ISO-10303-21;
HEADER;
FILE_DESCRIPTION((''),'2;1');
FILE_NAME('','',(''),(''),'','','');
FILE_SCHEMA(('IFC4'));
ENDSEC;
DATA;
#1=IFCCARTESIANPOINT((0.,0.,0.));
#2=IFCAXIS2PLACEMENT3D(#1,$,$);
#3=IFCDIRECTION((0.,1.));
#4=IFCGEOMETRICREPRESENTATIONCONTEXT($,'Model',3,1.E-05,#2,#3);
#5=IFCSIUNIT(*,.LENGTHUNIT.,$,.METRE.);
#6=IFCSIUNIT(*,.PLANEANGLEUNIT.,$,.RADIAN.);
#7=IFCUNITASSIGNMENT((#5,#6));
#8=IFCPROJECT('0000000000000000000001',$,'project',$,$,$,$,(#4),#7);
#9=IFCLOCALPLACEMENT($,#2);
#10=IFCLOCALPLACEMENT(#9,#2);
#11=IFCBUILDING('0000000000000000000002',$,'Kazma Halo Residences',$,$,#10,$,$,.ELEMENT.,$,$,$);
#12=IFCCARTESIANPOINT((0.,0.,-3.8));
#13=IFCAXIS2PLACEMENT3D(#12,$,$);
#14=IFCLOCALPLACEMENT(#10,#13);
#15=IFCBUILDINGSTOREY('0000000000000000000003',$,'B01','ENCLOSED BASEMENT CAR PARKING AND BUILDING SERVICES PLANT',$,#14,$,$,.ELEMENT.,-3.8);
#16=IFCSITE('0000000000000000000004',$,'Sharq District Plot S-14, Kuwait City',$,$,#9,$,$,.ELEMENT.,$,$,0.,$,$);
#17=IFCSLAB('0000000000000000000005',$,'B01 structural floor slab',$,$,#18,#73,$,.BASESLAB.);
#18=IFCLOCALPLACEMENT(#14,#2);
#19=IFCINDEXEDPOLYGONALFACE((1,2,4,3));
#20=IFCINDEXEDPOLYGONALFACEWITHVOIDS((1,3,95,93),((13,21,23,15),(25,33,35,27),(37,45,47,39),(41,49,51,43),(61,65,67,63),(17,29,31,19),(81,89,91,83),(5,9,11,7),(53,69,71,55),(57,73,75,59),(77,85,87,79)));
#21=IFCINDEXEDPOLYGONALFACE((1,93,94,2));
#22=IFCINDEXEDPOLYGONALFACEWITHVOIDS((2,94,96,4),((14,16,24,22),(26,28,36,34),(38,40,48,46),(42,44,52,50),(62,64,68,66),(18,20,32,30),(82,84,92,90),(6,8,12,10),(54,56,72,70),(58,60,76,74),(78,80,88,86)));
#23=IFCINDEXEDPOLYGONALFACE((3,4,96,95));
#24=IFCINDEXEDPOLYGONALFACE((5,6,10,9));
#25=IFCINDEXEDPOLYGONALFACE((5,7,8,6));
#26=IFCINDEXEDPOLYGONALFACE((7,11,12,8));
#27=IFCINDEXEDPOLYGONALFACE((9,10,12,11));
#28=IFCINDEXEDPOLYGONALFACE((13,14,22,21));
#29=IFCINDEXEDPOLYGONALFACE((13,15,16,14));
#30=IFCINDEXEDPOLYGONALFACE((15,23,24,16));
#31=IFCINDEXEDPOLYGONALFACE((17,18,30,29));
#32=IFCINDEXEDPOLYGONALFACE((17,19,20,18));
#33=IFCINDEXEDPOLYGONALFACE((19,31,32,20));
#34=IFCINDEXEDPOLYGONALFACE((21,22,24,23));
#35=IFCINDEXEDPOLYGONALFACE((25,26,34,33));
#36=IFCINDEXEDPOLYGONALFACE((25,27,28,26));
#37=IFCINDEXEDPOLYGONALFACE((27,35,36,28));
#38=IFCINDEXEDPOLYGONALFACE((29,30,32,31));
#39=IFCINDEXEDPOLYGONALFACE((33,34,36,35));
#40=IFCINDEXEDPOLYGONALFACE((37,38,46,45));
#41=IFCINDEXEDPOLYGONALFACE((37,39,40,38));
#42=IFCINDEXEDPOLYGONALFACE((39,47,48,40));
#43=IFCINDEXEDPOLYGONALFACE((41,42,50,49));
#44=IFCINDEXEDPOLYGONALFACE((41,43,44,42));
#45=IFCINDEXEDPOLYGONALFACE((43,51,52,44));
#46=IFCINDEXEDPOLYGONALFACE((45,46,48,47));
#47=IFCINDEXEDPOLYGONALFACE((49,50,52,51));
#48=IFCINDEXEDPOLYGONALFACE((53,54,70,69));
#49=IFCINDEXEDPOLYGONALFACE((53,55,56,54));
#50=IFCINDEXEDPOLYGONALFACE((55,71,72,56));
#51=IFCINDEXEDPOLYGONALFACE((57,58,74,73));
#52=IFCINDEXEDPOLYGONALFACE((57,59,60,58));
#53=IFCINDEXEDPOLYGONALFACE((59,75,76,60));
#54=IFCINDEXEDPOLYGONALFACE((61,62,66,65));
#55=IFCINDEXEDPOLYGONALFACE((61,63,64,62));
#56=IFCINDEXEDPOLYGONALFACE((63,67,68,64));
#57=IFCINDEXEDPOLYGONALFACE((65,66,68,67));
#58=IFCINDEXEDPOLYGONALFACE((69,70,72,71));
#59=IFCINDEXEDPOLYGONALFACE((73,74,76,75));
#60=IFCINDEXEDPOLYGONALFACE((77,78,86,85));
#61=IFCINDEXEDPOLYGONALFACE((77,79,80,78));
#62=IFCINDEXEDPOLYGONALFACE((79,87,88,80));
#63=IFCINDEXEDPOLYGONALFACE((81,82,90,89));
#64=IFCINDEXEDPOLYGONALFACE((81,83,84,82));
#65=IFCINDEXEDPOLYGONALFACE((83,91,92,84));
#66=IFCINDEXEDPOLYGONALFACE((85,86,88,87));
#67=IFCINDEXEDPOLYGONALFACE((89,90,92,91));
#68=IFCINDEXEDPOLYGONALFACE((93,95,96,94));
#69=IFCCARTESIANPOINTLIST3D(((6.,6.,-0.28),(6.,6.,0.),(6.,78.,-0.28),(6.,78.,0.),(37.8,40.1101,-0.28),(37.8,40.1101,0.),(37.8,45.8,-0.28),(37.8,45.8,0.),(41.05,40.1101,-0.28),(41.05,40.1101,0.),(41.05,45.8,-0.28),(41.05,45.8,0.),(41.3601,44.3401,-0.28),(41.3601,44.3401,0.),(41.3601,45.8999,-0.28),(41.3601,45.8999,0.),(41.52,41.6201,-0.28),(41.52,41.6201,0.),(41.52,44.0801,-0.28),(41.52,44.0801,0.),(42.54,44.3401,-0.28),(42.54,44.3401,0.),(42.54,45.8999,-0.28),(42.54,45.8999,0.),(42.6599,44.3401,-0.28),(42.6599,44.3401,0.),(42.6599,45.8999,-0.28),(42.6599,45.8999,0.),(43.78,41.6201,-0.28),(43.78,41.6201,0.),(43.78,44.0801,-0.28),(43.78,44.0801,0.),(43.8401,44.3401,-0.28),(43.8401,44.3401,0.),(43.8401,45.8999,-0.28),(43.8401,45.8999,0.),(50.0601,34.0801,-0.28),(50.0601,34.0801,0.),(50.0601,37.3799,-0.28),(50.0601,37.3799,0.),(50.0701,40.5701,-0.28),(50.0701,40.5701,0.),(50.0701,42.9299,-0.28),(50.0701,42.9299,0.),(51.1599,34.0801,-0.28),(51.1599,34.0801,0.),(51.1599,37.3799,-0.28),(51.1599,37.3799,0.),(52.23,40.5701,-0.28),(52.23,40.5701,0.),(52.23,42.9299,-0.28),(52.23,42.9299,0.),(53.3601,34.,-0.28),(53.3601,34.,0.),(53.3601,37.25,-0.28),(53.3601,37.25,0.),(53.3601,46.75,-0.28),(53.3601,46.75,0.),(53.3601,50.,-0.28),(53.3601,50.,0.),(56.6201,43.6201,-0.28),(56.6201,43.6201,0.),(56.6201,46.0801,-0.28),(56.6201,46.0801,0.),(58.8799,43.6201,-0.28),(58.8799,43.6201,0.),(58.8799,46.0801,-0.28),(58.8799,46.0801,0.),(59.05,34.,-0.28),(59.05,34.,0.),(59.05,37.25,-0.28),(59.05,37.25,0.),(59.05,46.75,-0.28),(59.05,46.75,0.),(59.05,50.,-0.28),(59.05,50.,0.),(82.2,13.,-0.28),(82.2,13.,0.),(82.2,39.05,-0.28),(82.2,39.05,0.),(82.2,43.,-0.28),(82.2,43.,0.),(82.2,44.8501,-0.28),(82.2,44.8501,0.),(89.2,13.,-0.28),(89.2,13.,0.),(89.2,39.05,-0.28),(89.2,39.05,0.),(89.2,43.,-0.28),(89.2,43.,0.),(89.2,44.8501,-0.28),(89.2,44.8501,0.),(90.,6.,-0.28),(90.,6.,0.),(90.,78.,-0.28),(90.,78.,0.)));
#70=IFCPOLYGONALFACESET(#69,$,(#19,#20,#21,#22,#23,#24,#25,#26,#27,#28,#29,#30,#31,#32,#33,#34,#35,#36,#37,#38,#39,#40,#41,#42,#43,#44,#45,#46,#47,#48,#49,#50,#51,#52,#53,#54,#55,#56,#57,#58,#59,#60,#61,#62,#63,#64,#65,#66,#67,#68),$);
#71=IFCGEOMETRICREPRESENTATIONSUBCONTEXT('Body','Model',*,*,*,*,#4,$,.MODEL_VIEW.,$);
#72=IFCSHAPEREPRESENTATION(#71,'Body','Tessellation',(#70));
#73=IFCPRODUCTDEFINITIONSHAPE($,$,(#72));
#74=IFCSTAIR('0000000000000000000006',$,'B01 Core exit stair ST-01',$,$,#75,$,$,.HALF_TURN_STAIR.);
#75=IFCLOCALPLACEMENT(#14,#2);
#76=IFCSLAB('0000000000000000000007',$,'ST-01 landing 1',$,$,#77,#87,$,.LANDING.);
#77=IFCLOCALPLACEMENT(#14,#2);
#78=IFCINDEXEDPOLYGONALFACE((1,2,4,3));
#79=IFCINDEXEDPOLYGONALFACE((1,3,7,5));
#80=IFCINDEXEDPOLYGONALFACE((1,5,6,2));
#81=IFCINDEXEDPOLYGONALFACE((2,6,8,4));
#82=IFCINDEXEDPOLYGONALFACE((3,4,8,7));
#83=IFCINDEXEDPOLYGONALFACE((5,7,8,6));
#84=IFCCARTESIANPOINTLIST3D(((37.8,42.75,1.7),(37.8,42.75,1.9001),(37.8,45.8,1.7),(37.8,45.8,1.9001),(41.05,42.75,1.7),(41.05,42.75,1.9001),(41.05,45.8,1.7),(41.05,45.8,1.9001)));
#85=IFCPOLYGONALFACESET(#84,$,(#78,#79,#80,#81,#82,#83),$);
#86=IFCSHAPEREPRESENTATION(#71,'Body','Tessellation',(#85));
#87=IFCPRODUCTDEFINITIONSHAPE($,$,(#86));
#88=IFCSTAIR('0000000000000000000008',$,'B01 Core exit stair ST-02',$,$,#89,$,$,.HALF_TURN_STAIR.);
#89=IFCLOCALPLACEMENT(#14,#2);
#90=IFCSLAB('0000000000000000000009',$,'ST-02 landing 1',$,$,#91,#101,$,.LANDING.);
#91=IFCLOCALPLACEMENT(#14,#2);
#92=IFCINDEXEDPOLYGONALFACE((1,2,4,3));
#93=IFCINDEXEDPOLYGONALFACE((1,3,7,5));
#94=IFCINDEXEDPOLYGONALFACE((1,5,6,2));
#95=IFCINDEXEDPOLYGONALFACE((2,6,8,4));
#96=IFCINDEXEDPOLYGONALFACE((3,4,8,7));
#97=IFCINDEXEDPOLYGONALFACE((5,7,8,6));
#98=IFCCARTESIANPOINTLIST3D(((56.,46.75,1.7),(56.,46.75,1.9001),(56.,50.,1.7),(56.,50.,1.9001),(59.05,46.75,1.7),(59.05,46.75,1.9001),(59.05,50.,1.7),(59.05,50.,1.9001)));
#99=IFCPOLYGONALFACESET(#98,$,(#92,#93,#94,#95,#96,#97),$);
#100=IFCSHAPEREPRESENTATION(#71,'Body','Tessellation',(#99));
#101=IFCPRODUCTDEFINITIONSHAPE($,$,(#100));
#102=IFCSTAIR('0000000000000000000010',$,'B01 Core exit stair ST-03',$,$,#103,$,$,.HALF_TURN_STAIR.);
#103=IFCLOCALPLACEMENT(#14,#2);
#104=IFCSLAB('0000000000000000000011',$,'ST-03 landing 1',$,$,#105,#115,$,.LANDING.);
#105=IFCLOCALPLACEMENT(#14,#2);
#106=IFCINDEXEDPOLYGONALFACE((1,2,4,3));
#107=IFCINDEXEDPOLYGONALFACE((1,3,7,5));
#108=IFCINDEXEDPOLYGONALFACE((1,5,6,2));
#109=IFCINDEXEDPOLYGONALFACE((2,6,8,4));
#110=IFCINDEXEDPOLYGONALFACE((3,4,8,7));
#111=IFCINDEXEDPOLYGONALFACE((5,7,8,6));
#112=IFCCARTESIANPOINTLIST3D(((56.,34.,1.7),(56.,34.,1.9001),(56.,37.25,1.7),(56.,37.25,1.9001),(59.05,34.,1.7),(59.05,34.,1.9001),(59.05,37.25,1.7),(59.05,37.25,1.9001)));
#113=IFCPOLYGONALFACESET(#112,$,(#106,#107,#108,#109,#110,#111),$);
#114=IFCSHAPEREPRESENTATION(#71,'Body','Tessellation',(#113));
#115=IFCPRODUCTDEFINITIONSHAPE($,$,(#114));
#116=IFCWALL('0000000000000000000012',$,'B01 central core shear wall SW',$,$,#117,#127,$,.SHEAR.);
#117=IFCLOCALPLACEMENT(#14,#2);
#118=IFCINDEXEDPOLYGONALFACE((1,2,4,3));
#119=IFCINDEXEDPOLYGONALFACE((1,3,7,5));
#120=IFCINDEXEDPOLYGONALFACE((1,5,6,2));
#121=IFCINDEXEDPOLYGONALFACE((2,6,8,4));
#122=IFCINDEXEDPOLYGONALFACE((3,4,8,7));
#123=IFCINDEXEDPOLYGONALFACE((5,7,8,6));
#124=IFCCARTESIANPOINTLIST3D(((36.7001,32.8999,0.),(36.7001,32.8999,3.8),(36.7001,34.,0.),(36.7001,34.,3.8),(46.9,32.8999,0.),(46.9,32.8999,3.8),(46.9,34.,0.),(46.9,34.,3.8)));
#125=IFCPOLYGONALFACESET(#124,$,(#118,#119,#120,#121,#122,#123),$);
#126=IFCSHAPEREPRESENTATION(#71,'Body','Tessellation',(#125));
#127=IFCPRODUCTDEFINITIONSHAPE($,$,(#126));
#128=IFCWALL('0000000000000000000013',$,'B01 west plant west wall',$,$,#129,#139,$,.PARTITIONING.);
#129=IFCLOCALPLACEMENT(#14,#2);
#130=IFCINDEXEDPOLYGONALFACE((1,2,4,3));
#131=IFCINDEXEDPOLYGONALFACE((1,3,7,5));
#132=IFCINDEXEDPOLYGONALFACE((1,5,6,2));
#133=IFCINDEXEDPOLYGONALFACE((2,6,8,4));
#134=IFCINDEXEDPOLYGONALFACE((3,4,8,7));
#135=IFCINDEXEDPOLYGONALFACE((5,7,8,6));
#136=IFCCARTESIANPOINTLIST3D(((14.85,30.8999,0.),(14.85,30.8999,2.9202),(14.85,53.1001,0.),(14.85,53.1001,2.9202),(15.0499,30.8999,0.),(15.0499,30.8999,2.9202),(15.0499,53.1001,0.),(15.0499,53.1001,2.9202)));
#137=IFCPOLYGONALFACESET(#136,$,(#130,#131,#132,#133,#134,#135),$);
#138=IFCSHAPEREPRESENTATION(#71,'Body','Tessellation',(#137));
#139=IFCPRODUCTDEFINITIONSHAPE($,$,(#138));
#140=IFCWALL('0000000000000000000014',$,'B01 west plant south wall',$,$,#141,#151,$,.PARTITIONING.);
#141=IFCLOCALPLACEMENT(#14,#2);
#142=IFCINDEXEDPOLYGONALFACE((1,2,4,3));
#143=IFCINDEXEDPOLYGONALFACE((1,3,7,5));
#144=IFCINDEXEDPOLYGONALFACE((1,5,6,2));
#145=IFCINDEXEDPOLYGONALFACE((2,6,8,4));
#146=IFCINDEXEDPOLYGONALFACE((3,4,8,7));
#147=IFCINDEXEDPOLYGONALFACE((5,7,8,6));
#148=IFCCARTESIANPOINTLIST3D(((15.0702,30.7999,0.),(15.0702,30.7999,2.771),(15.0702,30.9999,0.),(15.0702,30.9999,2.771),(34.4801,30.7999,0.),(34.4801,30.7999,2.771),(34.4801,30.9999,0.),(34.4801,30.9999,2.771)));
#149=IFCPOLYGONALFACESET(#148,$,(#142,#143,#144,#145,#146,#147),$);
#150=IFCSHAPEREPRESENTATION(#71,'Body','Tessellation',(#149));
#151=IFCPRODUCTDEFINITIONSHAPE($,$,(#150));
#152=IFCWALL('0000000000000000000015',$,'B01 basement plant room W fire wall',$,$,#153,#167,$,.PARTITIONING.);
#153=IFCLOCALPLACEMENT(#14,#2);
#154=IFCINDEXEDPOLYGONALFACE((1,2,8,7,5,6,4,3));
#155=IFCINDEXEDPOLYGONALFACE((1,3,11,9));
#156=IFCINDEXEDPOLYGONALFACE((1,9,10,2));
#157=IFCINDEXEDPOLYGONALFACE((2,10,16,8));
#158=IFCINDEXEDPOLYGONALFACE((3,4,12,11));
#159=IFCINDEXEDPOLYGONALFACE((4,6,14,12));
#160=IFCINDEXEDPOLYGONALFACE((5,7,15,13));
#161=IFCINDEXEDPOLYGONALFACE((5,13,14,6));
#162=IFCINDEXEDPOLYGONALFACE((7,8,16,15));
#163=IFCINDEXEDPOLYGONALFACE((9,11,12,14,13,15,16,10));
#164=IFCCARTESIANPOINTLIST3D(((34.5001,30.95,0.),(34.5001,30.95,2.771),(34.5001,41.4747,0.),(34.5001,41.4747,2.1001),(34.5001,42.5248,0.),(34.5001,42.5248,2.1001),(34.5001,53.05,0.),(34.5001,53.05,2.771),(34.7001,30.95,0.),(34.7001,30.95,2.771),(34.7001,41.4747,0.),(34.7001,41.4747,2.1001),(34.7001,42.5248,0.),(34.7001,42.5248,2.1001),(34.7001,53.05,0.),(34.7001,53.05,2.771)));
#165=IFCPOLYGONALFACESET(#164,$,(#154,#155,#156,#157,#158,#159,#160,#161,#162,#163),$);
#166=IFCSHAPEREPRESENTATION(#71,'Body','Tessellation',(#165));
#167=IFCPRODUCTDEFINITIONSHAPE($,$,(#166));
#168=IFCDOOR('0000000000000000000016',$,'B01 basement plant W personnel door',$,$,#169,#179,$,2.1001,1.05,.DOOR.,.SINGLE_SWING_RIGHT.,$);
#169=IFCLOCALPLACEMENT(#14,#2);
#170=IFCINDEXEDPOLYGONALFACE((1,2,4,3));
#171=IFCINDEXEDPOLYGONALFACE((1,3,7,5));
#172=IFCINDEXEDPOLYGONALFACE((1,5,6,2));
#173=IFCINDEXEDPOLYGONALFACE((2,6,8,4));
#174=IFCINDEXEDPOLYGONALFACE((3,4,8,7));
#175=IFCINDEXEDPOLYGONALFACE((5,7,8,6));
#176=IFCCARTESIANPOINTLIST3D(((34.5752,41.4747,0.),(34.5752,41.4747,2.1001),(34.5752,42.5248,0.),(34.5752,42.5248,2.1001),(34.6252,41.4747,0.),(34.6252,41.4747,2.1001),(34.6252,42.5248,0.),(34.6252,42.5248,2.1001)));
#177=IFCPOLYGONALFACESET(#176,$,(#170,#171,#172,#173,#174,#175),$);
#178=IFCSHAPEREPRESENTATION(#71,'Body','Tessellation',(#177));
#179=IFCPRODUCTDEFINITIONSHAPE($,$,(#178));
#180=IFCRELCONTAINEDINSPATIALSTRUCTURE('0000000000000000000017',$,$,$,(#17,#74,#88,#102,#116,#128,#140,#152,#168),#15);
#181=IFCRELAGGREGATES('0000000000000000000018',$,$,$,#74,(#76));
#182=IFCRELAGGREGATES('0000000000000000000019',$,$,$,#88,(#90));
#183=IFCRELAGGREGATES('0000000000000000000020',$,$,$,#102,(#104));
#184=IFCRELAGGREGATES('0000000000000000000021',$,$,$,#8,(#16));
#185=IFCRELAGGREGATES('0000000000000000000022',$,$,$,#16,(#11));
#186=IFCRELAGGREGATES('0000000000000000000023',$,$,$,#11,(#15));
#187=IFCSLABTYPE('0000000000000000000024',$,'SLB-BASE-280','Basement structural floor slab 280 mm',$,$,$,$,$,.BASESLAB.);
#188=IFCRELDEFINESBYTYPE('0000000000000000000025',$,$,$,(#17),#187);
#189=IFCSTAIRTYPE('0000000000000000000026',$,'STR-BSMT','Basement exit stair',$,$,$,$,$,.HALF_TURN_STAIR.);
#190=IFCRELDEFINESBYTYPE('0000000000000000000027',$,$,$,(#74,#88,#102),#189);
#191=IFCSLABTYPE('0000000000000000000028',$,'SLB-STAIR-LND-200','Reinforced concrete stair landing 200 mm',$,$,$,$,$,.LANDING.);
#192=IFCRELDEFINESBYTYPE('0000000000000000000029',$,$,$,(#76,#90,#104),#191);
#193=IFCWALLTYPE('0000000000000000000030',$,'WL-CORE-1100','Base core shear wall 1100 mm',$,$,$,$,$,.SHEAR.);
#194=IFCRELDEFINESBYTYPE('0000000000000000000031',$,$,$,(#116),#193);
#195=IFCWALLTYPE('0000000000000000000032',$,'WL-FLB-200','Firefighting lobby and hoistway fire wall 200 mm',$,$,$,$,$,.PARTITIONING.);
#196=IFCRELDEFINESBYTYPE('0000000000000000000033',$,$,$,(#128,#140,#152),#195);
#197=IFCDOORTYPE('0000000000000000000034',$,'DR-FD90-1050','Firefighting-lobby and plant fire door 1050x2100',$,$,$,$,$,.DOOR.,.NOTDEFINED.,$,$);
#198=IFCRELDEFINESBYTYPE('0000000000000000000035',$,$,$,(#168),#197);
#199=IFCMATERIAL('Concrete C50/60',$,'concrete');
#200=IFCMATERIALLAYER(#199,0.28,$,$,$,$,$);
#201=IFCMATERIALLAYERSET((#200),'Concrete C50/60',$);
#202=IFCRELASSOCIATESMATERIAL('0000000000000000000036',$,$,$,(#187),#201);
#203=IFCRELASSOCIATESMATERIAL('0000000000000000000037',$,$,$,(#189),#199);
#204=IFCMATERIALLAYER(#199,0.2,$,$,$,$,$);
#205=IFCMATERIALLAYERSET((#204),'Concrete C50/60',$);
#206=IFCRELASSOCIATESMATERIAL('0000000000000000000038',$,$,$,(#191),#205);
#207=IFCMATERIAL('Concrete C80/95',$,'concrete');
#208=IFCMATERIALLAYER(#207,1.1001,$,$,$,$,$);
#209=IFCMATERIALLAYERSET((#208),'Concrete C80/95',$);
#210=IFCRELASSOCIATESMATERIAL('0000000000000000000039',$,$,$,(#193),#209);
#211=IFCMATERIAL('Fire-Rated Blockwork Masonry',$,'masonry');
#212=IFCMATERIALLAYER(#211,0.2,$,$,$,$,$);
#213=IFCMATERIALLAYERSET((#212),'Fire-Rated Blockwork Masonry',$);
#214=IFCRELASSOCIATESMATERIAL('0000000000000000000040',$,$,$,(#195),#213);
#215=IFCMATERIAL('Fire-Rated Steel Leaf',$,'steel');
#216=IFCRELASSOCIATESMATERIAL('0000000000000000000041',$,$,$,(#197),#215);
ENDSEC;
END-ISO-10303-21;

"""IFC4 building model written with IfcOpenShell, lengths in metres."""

from ifc_helpers import new_model, si_unit, direction, frame, frame_2d, origin, place, context, subcontext, project, spatial, polyline, rectangle, outline, extrude, material, layer, layer_set, type_object, element, fill, aggregate, save


model = new_model("IFC4")

# Units and contexts
model_context = context("Model", 3, precision=1e-05, world=origin(), true_north=direction((0.0, 1.0)))
body_context = subcontext(model_context, "Body", "Model", "MODEL_VIEW")
ifc_project = project(units=[si_unit("LENGTHUNIT", "METRE"), si_unit("PLANEANGLEUNIT", "RADIAN")], contexts=[model_context])

# Site, building, storey
site_placement = place(None, origin())
site = spatial("IfcSite", under=ifc_project, at=site_placement, Name="Sharq District Plot S-14, Kuwait City", CompositionType="ELEMENT", RefElevation=0.0)
building_placement = place(site_placement, origin())
building = spatial("IfcBuilding", under=site, at=building_placement, Name="Kazma Halo Residences", CompositionType="ELEMENT")
storey_placement = place(building_placement, frame((0.0, 0.0, -3.8)))
storey = spatial("IfcBuildingStorey", under=building, at=storey_placement, Name="B01", Description="ENCLOSED BASEMENT CAR PARKING AND BUILDING SERVICES PLANT", CompositionType="ELEMENT", Elevation=-3.8)

# Shared definitions
ifc_material_1 = material(Name="Concrete C80/95", Category="concrete")

# Slab
ifc_material_2 = material(Name="Concrete C50/60", Category="concrete")
ifc_layer_1 = layer(ifc_material_2, 0.28)
ifc_layer_set_1 = layer_set([ifc_layer_1], Name="Concrete C50/60")
slab_type_1 = type_object("IfcSlabType", Name="SLB-BASE-280", Description="Basement structural floor slab 280 mm", PredefinedType="BASESLAB", material=ifc_layer_set_1)
slab_1_placement = place(storey_placement, frame((0.0, 0.0, -0.28)))
element("IfcSlab", 1, at=slab_1_placement, inside=storey, type_object=slab_type_1, Name="B01 structural floor slab", PredefinedType="BASESLAB", context=body_context, shape_type="SweptSolid", body=[
    extrude(outline(polyline([(6.0, 6.0), (90.0, 6.0), (90.0, 78.0), (6.0, 78.0), (6.0, 6.0)]), holes=[polyline([(37.8, 40.1101), (41.05, 40.1101), (41.05, 45.8), (37.8, 45.8), (37.8, 40.1101)]), polyline([(53.3601, 46.75), (59.05, 46.75), (59.05, 50.0), (53.3601, 50.0), (53.3601, 46.75)]), polyline([(53.3601, 34.0), (59.05, 34.0), (59.05, 37.25), (53.3601, 37.25), (53.3601, 34.0)]), polyline([(41.52, 41.6201), (43.78, 41.6201), (43.78, 44.0801), (41.52, 44.0801), (41.52, 41.6201)]), polyline([(56.6201, 43.6201), (58.8799, 43.6201), (58.8799, 46.0801), (56.6201, 46.0801), (56.6201, 43.6201)]), polyline([(50.0701, 40.5701), (52.23, 40.5701), (52.23, 42.9299), (50.0701, 42.9299), (50.0701, 40.5701)]), polyline([(41.3601, 44.3401), (42.54, 44.3401), (42.54, 45.8999), (41.3601, 45.8999), (41.3601, 44.3401)]), polyline([(42.6599, 44.3401), (43.8401, 44.3401), (43.8401, 45.8999), (42.6599, 45.8999), (42.6599, 44.3401)]), polyline([(50.0601, 34.0801), (51.1599, 34.0801), (51.1599, 37.3799), (50.0601, 37.3799), (50.0601, 34.0801)]), polyline([(82.2, 13.0), (89.2, 13.0), (89.2, 39.05), (82.2, 39.05), (82.2, 13.0)]), polyline([(82.2, 43.0), (89.2, 43.0), (89.2, 44.8501), (82.2, 44.8501), (82.2, 43.0)])]), origin(), (0.0, 0.0, 1.0), 0.28),
])

# Stairs, slabs
stair_type = type_object("IfcStairType", Name="STR-BSMT", Description="Basement exit stair", PredefinedType="HALF_TURN_STAIR", material=ifc_material_2)
stair_1_placement = place(storey_placement, origin())
stair_1 = element("IfcStair", 2, at=stair_1_placement, inside=storey, type_object=stair_type, Name="B01 Core exit stair ST-01", PredefinedType="HALF_TURN_STAIR")
ifc_layer_2 = layer(ifc_material_2, 0.2)
ifc_layer_set_2 = layer_set([ifc_layer_2], Name="Concrete C50/60")
slab_type_2 = type_object("IfcSlabType", Name="SLB-STAIR-LND-200", Description="Reinforced concrete stair landing 200 mm", PredefinedType="LANDING", material=ifc_layer_set_2)
slab_2_placement = place(storey_placement, frame((0.0, 0.0, 1.7)))
slab_2 = element("IfcSlab", 3, at=slab_2_placement, type_object=slab_type_2, Name="ST-01 landing 1", PredefinedType="LANDING", context=body_context, shape_type="SweptSolid", body=[
    extrude(outline(polyline([(41.05, 42.75), (41.05, 45.8), (37.8, 45.8), (37.8, 42.75), (41.05, 42.75)])), origin(), (0.0, 0.0, 1.0), 0.2002),
])
aggregate(stair_1, [slab_2])
stair_2_placement = place(storey_placement, origin())
stair_2 = element("IfcStair", 4, at=stair_2_placement, inside=storey, type_object=stair_type, Name="B01 Core exit stair ST-02", PredefinedType="HALF_TURN_STAIR")
slab_3_placement = place(storey_placement, frame((0.0, 0.0, 1.7)))
slab_3 = element("IfcSlab", 5, at=slab_3_placement, type_object=slab_type_2, Name="ST-02 landing 1", PredefinedType="LANDING", context=body_context, shape_type="SweptSolid", body=[
    extrude(outline(polyline([(56.0, 46.75), (59.05, 46.75), (59.05, 50.0), (56.0, 50.0), (56.0, 46.75)])), origin(), (0.0, 0.0, 1.0), 0.2002),
])
aggregate(stair_2, [slab_3])
stair_3_placement = place(storey_placement, origin())
stair_3 = element("IfcStair", 6, at=stair_3_placement, inside=storey, type_object=stair_type, Name="B01 Core exit stair ST-03", PredefinedType="HALF_TURN_STAIR")
slab_4_placement = place(storey_placement, frame((0.0, 0.0, 1.7)))
slab_4 = element("IfcSlab", 7, at=slab_4_placement, type_object=slab_type_2, Name="ST-03 landing 1", PredefinedType="LANDING", context=body_context, shape_type="SweptSolid", body=[
    extrude(outline(polyline([(56.0, 34.0), (59.05, 34.0), (59.05, 37.25), (56.0, 37.25), (56.0, 34.0)])), origin(), (0.0, 0.0, 1.0), 0.2002),
])
aggregate(stair_3, [slab_4])

# Walls
ifc_layer_3 = layer(ifc_material_1, 1.1001)
ifc_layer_set_3 = layer_set([ifc_layer_3], Name="Concrete C80/95")
wall_type_1 = type_object("IfcWallType", Name="WL-CORE-1100", Description="Base core shear wall 1100 mm", PredefinedType="SHEAR", material=ifc_layer_set_3)
wall_1_placement = place(storey_placement, frame((36.7, 33.45, 0.0), z_axis=(0.0, 0.0, 1.0), x_axis=(1.0, 0.0, 0.0)))
element("IfcWall", 8, at=wall_1_placement, inside=storey, type_object=wall_type_1, Name="B01 central core shear wall SW", PredefinedType="SHEAR", context=body_context, shape_type="SweptSolid", body=[
    extrude(rectangle(XDim=10.2, YDim=1.1001, at=frame_2d((5.1001, 0.0))), origin(), (0.0, 0.0, 1.0), 3.8),
])
ifc_material_3 = material(Name="Fire-Rated Blockwork Masonry", Category="masonry")
ifc_layer_4 = layer(ifc_material_3, 0.2)
ifc_layer_set_4 = layer_set([ifc_layer_4], Name="Fire-Rated Blockwork Masonry")
wall_type_2 = type_object("IfcWallType", Name="WL-FLB-200", Description="Firefighting lobby and hoistway fire wall 200 mm", PredefinedType="PARTITIONING", material=ifc_layer_set_4)
wall_2_placement = place(storey_placement, frame((14.95, 30.8999, 0.0), z_axis=(0.0, 0.0, 1.0), x_axis=(0.0, 1.0, 0.0)))
element("IfcWall", 9, at=wall_2_placement, inside=storey, type_object=wall_type_2, Name="B01 west plant west wall", PredefinedType="PARTITIONING", context=body_context, shape_type="SweptSolid", body=[
    extrude(rectangle(XDim=22.2002, YDim=0.2, at=frame_2d((11.1001, 0.0))), origin(), (0.0, 0.0, 1.0), 2.9202),
])
wall_3_placement = place(storey_placement, frame((15.0701, 30.8999, 0.0), z_axis=(0.0, 0.0, 1.0), x_axis=(1.0, 0.0, 0.0)))
element("IfcWall", 10, at=wall_3_placement, inside=storey, type_object=wall_type_2, Name="B01 west plant south wall", PredefinedType="PARTITIONING", context=body_context, shape_type="SweptSolid", body=[
    extrude(rectangle(XDim=19.4099, YDim=0.2, at=frame_2d((9.7051, 0.0))), origin(), (0.0, 0.0, 1.0), 2.771),
])

# Wall, opening, door
wall_4_placement = place(storey_placement, frame((34.6001, 30.95, 0.0), z_axis=(0.0, 0.0, 1.0), x_axis=(0.0, 1.0, 0.0)))
wall_4 = element("IfcWall", 11, at=wall_4_placement, inside=storey, type_object=wall_type_2, Name="B01 basement plant room W fire wall", PredefinedType="PARTITIONING", context=body_context, shape_type="SweptSolid", body=[
    extrude(rectangle(XDim=22.1001, YDim=0.2, at=frame_2d((11.05, 0.0))), origin(), (0.0, 0.0, 1.0), 2.771),
])
opening_placement = place(wall_4_placement, frame((10.5249, 0.0, 0.0)))
opening = element("IfcOpeningElement", 12, at=opening_placement, cuts=wall_4, PredefinedType="OPENING", context=body_context, shape_type="SweptSolid", body=[
    extrude(rectangle(XDim=1.05, YDim=2.1001, at=frame_2d((0.5249, 1.05))), frame((0.0, 0.1099, 0.0), z_axis=(0.0, -1.0, 0.0), x_axis=(1.0, 0.0, 0.0)), (0.0, 0.0, 1.0), 0.22),
])
ifc_material_4 = material(Name="Fire-Rated Steel Leaf", Category="steel")
door_type = type_object("IfcDoorType", Name="DR-FD90-1050", Description="Firefighting-lobby and plant fire door 1050x2100", OperationType="NOTDEFINED", PredefinedType="DOOR", material=ifc_material_4)
door_placement = place(opening_placement, origin())
door = element("IfcDoor", 13, at=door_placement, inside=storey, type_object=door_type, Name="B01 basement plant W personnel door", OperationType="SINGLE_SWING_RIGHT", OverallHeight=2.1001, OverallWidth=1.05, PredefinedType="DOOR", context=body_context, shape_type="SweptSolid", body=[
    extrude(rectangle(XDim=1.05, YDim=2.1001, at=frame_2d((0.5249, 1.05))), frame((0.0, 0.0249, 0.0), z_axis=(0.0, -1.0, 0.0), x_axis=(1.0, 0.0, 0.0)), (0.0, 0.0, 1.0), 0.05),
])
fill(opening, door)

save(model, "model.ifc")
